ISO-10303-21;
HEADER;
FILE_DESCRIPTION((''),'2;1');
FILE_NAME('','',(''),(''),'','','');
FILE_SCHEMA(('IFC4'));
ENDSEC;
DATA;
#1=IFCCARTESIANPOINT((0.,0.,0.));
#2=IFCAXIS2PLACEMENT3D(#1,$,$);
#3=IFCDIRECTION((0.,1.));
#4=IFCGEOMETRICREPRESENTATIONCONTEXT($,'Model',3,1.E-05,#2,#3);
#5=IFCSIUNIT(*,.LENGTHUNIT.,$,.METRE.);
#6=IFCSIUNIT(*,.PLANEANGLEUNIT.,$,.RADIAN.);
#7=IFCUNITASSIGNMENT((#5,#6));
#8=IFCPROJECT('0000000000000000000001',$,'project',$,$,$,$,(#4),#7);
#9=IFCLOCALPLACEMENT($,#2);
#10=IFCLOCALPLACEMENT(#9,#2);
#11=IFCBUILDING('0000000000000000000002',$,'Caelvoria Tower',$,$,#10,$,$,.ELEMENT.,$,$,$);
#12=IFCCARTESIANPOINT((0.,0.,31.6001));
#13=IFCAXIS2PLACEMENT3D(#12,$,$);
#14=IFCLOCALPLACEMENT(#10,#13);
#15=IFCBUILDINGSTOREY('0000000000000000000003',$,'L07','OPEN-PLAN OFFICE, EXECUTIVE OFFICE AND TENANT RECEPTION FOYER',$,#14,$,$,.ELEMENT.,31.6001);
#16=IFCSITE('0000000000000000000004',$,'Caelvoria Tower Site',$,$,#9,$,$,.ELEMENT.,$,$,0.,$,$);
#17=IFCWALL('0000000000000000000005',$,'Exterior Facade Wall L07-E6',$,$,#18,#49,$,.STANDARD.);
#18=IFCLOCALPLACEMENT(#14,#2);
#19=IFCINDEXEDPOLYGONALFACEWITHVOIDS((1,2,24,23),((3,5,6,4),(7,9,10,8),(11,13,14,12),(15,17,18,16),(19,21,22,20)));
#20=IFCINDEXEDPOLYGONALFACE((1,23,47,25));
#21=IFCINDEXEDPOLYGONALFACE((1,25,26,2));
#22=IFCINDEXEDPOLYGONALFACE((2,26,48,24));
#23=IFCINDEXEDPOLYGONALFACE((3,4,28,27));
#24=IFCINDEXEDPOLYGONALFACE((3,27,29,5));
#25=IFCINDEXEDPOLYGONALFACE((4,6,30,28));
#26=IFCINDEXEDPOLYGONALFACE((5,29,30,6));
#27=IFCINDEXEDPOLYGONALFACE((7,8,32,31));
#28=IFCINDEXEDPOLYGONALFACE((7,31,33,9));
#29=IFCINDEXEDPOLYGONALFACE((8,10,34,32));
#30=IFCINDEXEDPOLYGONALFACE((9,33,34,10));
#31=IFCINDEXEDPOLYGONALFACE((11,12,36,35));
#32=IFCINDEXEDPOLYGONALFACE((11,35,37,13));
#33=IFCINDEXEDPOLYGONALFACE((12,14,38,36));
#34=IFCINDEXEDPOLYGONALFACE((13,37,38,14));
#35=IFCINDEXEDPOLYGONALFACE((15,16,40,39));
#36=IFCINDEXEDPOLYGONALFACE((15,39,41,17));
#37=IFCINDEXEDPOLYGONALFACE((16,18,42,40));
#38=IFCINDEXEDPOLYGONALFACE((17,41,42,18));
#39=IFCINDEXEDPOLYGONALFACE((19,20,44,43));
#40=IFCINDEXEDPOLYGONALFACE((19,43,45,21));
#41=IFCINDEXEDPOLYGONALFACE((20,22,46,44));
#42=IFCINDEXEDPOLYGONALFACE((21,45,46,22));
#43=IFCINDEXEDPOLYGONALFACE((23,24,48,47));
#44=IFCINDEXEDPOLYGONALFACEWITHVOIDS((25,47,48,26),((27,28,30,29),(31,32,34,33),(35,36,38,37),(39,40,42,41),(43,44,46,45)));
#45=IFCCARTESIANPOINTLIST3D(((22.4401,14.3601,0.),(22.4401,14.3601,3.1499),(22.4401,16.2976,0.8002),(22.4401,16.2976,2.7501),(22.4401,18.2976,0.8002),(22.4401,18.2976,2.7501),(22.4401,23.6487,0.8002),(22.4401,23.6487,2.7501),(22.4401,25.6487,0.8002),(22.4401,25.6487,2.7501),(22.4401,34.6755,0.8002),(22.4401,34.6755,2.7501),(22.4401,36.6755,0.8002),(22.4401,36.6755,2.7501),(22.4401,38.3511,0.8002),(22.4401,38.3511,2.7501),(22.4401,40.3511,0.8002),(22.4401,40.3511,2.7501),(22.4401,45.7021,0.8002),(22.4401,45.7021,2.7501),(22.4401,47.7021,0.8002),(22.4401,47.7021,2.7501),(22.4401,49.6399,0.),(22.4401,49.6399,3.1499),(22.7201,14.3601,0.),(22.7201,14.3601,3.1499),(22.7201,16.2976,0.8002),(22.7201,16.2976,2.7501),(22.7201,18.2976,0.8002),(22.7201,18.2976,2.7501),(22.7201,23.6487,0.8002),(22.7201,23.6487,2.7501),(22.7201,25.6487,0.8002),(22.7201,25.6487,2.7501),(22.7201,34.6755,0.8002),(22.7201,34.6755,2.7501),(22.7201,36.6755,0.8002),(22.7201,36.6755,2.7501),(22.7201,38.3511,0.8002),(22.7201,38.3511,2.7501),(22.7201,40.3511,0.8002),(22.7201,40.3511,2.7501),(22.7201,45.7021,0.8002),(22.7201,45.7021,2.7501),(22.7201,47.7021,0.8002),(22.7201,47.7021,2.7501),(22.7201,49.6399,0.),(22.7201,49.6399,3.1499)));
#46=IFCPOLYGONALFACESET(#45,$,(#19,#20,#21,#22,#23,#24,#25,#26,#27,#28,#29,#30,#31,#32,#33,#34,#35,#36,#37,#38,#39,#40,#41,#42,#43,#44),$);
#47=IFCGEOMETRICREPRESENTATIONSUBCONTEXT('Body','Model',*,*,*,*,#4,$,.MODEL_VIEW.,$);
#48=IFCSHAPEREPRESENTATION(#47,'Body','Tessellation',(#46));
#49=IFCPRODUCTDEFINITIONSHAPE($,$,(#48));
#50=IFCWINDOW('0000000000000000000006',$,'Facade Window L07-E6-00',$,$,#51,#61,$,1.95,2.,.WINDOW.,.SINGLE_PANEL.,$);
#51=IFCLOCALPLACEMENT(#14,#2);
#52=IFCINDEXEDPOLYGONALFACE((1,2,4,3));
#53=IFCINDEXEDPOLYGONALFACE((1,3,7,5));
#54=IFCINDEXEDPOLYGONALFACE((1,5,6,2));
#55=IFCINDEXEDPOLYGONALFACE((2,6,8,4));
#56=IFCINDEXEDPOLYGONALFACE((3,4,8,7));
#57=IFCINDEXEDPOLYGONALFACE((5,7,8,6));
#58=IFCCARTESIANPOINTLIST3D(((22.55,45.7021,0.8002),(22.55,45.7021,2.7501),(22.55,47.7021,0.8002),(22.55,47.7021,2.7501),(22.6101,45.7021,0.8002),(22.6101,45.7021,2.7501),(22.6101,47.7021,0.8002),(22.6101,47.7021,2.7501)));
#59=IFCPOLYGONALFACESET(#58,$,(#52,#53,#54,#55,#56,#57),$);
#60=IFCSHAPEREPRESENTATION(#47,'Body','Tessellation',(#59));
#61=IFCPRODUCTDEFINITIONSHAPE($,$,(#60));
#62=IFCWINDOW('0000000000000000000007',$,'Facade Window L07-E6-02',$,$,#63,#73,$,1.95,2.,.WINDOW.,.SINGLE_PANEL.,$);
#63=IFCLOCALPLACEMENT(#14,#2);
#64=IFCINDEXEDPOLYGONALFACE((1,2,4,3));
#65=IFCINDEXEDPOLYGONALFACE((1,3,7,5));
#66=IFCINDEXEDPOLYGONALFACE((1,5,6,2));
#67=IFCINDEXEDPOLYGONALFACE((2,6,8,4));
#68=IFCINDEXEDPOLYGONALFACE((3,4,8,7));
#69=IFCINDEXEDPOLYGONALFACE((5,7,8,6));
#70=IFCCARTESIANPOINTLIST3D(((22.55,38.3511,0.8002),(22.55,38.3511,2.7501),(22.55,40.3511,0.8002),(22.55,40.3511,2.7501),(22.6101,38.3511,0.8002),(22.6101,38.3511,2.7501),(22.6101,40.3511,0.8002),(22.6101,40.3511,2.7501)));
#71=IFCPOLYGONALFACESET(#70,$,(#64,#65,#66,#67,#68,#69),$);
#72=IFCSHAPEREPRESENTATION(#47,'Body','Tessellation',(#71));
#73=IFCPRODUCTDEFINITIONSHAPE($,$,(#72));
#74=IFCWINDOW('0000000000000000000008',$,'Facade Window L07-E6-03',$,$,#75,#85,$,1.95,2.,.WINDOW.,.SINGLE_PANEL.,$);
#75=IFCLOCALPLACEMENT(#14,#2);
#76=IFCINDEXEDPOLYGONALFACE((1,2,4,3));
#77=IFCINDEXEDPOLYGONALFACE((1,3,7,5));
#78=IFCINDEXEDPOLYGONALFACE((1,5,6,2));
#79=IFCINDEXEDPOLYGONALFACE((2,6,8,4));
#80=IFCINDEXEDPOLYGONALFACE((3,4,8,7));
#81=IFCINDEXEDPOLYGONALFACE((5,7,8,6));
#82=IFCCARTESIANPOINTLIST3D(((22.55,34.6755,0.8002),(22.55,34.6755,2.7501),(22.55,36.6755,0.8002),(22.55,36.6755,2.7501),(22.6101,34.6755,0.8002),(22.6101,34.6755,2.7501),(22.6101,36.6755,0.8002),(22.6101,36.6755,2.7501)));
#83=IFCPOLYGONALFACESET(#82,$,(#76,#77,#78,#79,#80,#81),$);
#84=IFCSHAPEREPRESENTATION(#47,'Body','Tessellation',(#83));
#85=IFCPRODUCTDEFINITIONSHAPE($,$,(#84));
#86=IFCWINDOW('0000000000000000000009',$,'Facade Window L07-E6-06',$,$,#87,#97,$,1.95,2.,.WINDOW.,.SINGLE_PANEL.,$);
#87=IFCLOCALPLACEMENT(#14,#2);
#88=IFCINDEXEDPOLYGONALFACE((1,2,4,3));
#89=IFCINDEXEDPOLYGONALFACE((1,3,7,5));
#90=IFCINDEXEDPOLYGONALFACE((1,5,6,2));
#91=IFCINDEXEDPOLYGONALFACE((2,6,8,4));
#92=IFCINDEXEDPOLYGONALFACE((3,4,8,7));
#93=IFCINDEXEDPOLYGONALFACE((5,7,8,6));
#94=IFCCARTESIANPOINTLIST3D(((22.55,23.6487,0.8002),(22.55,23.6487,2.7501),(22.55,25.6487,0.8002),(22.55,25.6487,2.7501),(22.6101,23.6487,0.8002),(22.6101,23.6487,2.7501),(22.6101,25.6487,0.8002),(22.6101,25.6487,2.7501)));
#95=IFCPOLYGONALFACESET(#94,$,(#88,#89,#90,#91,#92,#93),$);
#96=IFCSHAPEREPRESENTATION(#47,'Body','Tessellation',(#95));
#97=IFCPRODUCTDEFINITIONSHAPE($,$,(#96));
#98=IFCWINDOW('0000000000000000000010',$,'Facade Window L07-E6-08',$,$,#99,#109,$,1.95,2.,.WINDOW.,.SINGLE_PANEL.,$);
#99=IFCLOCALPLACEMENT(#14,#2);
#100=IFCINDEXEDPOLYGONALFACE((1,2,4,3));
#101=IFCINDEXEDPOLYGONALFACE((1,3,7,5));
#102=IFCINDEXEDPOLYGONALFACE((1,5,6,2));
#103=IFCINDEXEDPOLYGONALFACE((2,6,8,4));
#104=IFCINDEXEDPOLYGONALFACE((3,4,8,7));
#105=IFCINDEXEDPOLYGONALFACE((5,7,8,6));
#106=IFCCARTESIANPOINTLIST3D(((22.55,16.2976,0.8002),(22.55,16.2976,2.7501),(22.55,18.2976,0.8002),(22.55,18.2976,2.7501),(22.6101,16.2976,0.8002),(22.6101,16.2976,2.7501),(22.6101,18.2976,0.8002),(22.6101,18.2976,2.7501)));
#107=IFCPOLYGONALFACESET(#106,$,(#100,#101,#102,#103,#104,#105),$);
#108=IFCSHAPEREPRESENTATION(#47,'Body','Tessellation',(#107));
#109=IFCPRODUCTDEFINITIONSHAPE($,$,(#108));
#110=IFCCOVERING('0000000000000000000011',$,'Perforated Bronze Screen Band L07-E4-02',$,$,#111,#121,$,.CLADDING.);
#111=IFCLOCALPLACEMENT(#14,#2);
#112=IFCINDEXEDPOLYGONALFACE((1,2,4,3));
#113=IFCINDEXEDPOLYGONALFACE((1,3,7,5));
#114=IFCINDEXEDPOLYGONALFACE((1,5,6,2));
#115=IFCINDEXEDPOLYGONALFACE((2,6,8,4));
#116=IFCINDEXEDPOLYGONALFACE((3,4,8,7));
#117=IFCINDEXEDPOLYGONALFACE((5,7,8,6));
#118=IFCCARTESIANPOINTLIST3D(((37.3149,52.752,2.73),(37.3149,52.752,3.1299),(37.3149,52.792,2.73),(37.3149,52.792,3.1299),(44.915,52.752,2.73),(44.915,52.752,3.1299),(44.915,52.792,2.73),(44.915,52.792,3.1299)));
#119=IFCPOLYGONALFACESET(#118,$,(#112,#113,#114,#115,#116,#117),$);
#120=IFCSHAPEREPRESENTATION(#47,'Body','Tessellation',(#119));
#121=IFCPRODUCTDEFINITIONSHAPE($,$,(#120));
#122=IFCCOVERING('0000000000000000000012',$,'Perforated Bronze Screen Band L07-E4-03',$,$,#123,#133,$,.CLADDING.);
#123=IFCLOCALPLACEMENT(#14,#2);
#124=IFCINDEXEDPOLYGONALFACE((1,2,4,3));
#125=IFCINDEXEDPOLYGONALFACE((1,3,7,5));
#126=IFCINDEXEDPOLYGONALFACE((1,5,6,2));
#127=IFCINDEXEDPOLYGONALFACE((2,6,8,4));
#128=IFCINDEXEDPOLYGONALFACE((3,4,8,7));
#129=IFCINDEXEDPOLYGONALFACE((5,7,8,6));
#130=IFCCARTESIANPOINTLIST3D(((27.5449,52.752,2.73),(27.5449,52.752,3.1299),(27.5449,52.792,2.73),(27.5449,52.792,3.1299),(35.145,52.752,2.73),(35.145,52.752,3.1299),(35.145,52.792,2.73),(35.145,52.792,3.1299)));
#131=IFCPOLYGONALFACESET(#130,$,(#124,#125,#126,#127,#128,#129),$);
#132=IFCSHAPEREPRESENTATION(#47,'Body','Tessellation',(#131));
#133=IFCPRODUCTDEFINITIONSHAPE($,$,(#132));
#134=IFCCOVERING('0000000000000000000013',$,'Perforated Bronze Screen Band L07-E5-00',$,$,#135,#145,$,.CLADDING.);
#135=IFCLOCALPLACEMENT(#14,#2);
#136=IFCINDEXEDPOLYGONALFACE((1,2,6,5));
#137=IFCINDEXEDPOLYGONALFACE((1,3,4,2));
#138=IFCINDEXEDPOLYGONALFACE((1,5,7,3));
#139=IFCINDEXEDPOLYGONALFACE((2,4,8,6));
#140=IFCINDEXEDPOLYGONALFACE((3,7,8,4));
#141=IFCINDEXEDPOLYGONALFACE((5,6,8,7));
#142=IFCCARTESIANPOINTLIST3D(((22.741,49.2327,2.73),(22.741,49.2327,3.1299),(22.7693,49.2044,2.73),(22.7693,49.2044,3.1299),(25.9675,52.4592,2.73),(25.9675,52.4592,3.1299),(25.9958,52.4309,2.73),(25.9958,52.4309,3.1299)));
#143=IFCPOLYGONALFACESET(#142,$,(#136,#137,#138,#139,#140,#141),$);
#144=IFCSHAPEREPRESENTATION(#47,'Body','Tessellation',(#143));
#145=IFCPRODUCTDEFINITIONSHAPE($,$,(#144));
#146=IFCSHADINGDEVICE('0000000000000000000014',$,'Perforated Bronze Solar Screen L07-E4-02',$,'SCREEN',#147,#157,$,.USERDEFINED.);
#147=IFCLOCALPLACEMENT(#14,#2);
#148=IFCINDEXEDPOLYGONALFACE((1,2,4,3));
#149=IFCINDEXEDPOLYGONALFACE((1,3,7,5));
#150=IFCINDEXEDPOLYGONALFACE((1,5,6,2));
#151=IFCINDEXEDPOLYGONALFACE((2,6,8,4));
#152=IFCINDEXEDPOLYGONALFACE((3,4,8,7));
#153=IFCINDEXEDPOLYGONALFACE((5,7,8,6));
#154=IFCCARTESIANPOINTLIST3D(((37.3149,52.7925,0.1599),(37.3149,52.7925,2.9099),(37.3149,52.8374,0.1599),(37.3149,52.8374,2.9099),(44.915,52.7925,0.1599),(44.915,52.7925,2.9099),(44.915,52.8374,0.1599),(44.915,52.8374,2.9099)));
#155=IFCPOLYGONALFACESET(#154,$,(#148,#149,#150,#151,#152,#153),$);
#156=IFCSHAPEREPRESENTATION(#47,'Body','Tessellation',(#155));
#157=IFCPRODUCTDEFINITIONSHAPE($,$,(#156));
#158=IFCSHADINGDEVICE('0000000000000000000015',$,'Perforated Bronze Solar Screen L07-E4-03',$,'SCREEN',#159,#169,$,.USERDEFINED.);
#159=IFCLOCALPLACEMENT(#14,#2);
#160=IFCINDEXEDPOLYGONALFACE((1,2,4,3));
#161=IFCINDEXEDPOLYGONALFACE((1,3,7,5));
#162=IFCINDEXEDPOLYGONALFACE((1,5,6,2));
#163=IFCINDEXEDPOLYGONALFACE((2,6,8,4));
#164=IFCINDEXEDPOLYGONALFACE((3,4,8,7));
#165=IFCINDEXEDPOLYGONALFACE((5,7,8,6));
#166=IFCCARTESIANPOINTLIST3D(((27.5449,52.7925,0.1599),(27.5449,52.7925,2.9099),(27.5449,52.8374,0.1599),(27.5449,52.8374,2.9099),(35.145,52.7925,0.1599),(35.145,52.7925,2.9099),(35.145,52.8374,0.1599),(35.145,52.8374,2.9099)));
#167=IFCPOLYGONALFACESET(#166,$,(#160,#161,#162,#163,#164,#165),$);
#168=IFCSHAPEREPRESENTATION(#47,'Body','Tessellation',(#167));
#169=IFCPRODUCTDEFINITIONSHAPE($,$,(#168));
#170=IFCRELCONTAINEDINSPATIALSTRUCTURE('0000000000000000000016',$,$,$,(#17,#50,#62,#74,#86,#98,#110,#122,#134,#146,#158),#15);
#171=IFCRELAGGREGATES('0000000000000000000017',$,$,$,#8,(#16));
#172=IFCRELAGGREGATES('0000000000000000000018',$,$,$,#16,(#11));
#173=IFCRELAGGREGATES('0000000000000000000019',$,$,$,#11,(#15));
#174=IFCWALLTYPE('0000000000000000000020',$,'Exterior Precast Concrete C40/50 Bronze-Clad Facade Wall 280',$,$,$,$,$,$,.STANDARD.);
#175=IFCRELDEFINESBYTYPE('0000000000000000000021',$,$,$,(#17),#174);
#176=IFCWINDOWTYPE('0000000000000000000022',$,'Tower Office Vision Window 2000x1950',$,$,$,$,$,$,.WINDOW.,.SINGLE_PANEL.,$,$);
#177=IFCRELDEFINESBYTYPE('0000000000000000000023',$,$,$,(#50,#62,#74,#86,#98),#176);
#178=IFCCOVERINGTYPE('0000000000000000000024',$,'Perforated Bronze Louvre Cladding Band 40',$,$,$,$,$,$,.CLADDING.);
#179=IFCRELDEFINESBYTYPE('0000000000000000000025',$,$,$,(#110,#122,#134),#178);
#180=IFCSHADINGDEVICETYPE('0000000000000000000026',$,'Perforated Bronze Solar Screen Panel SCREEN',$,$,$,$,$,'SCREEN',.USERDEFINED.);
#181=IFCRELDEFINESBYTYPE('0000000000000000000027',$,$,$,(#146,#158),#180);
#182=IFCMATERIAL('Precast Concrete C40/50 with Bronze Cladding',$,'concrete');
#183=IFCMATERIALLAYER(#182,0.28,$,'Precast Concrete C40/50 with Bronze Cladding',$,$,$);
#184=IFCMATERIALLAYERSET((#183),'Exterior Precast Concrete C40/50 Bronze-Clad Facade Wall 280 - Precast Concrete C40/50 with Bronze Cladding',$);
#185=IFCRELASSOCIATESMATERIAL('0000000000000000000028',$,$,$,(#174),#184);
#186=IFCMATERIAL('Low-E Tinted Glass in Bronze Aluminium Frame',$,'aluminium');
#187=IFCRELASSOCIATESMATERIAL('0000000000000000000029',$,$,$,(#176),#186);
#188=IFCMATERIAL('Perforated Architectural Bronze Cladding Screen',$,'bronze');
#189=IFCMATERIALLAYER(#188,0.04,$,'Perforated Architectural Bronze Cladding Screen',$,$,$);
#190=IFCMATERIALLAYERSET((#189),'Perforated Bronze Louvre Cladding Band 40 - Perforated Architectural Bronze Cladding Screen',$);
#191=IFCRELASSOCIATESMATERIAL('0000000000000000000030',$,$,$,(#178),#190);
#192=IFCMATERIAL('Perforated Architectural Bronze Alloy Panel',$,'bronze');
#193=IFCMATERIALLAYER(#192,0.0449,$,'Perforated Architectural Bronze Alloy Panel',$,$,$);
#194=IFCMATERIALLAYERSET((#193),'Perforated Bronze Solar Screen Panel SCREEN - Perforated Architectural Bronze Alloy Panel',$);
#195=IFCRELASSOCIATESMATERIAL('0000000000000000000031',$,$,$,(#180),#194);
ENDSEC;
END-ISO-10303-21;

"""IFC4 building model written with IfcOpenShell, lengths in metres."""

from ifc_helpers import new_model, si_unit, direction, frame, frame_2d, origin, origin_2d, place, context, subcontext, project, spatial, rectangle, extrude, material, layer, layer_set, type_object, element, fill, save


model = new_model("IFC4")

# Units and contexts
model_context = context("Model", 3, precision=1e-05, world=origin(), true_north=direction((0.0, 1.0)))
body_context = subcontext(model_context, "Body", "Model", "MODEL_VIEW")
ifc_project = project(units=[si_unit("LENGTHUNIT", "METRE"), si_unit("PLANEANGLEUNIT", "RADIAN")], contexts=[model_context])

# Site, building, storey
site_placement = place(None, origin())
site = spatial("IfcSite", under=ifc_project, at=site_placement, Name="Caelvoria Tower Site", CompositionType="ELEMENT", RefElevation=0.0)
building_placement = place(site_placement, origin())
building = spatial("IfcBuilding", under=site, at=building_placement, Name="Caelvoria Tower", CompositionType="ELEMENT")
storey_placement = place(building_placement, frame((0.0, 0.0, 31.6001)))
storey = spatial("IfcBuildingStorey", under=building, at=storey_placement, Name="L07", Description="OPEN-PLAN OFFICE, EXECUTIVE OFFICE AND TENANT RECEPTION FOYER", CompositionType="ELEMENT", Elevation=31.6001)

# Shared definitions
ifc_material_1 = material(Name="Precast Concrete C40/50 with Bronze Cladding", Category="concrete")
ifc_layer_1 = layer(ifc_material_1, 0.28, Name="Precast Concrete C40/50 with Bronze Cladding")
ifc_layer_set_1 = layer_set([ifc_layer_1], Name="Exterior Precast Concrete C40/50 Bronze-Clad Facade Wall 280 - Precast Concrete C40/50 with Bronze Cladding")
wall_type = type_object("IfcWallType", Name="Exterior Precast Concrete C40/50 Bronze-Clad Facade Wall 280", PredefinedType="STANDARD", material=ifc_layer_set_1)

# Wall, openings, windows
wall_1_placement = place(storey_placement, frame((22.5801, 49.6399, 0.0), z_axis=(0.0, 0.0, 1.0), x_axis=(0.0, -1.0, 0.0)))
wall_1 = element("IfcWall", 1, at=wall_1_placement, inside=storey, type_object=wall_type, Name="Exterior Facade Wall L07-E6", PredefinedType="STANDARD", context=body_context, shape_type="SweptSolid", body=[
    extrude(rectangle(XDim=35.2798, YDim=0.28, at=frame_2d((17.6399, 0.0))), origin(), (0.0, 0.0, 1.0), 3.1499),
])
opening_1_placement = place(wall_1_placement, frame((1.9377, 0.0, 0.8)))
opening_1 = element("IfcOpeningElement", 2, at=opening_1_placement, cuts=wall_1, PredefinedType="OPENING", context=body_context, shape_type="SweptSolid", body=[
    extrude(rectangle(XDim=2.0, YDim=1.95, at=frame_2d((1.0, 0.9751))), frame((0.0, 0.1499, 0.0), z_axis=(0.0, -1.0, 0.0), x_axis=(1.0, 0.0, 0.0)), (0.0, 0.0, 1.0), 0.3),
])
opening_2_placement = place(wall_1_placement, frame((9.2888, 0.0, 0.8)))
opening_2 = element("IfcOpeningElement", 3, at=opening_2_placement, cuts=wall_1, PredefinedType="OPENING", context=body_context, shape_type="SweptSolid", body=[
    extrude(rectangle(XDim=2.0, YDim=1.95, at=frame_2d((1.0, 0.9751))), frame((0.0, 0.1499, 0.0), z_axis=(0.0, -1.0, 0.0), x_axis=(1.0, 0.0, 0.0)), (0.0, 0.0, 1.0), 0.3),
])
opening_3_placement = place(wall_1_placement, frame((12.9644, 0.0, 0.8)))
opening_3 = element("IfcOpeningElement", 4, at=opening_3_placement, cuts=wall_1, PredefinedType="OPENING", context=body_context, shape_type="SweptSolid", body=[
    extrude(rectangle(XDim=2.0, YDim=1.95, at=frame_2d((1.0, 0.9751))), frame((0.0, 0.1499, 0.0), z_axis=(0.0, -1.0, 0.0), x_axis=(1.0, 0.0, 0.0)), (0.0, 0.0, 1.0), 0.3),
])
opening_4_placement = place(wall_1_placement, frame((23.9912, 0.0, 0.8)))
opening_4 = element("IfcOpeningElement", 5, at=opening_4_placement, cuts=wall_1, PredefinedType="OPENING", context=body_context, shape_type="SweptSolid", body=[
    extrude(rectangle(XDim=2.0, YDim=1.95, at=frame_2d((1.0, 0.9751))), frame((0.0, 0.1499, 0.0), z_axis=(0.0, -1.0, 0.0), x_axis=(1.0, 0.0, 0.0)), (0.0, 0.0, 1.0), 0.3),
])
opening_5_placement = place(wall_1_placement, frame((31.3423, 0.0, 0.8)))
opening_5 = element("IfcOpeningElement", 6, at=opening_5_placement, cuts=wall_1, PredefinedType="OPENING", context=body_context, shape_type="SweptSolid", body=[
    extrude(rectangle(XDim=2.0, YDim=1.95, at=frame_2d((1.0, 0.9751))), frame((0.0, 0.1499, 0.0), z_axis=(0.0, -1.0, 0.0), x_axis=(1.0, 0.0, 0.0)), (0.0, 0.0, 1.0), 0.3),
])
ifc_material_2 = material(Name="Low-E Tinted Glass in Bronze Aluminium Frame", Category="aluminium")
window_type = type_object("IfcWindowType", Name="Tower Office Vision Window 2000x1950", PartitioningType="SINGLE_PANEL", PredefinedType="WINDOW", material=ifc_material_2)
window_1_placement = place(opening_1_placement, origin())
window_1 = element("IfcWindow", 7, at=window_1_placement, inside=storey, type_object=window_type, Name="Facade Window L07-E6-00", OverallHeight=1.95, OverallWidth=2.0, PartitioningType="SINGLE_PANEL", PredefinedType="WINDOW", context=body_context, shape_type="SweptSolid", body=[
    extrude(rectangle(XDim=2.0, YDim=1.95, at=frame_2d((1.0, 0.9751))), frame((0.0, 0.03, 0.0), z_axis=(0.0, -1.0, 0.0), x_axis=(1.0, 0.0, 0.0)), (0.0, 0.0, 1.0), 0.0601),
])
fill(opening_1, window_1)
window_2_placement = place(opening_2_placement, origin())
window_2 = element("IfcWindow", 8, at=window_2_placement, inside=storey, type_object=window_type, Name="Facade Window L07-E6-02", OverallHeight=1.95, OverallWidth=2.0, PartitioningType="SINGLE_PANEL", PredefinedType="WINDOW", context=body_context, shape_type="SweptSolid", body=[
    extrude(rectangle(XDim=2.0, YDim=1.95, at=frame_2d((1.0, 0.9751))), frame((0.0, 0.03, 0.0), z_axis=(0.0, -1.0, 0.0), x_axis=(1.0, 0.0, 0.0)), (0.0, 0.0, 1.0), 0.0601),
])
fill(opening_2, window_2)
window_3_placement = place(opening_3_placement, origin())
window_3 = element("IfcWindow", 9, at=window_3_placement, inside=storey, type_object=window_type, Name="Facade Window L07-E6-03", OverallHeight=1.95, OverallWidth=2.0, PartitioningType="SINGLE_PANEL", PredefinedType="WINDOW", context=body_context, shape_type="SweptSolid", body=[
    extrude(rectangle(XDim=2.0, YDim=1.95, at=frame_2d((1.0, 0.9751))), frame((0.0, 0.03, 0.0), z_axis=(0.0, -1.0, 0.0), x_axis=(1.0, 0.0, 0.0)), (0.0, 0.0, 1.0), 0.0601),
])
fill(opening_3, window_3)
window_4_placement = place(opening_4_placement, origin())
window_4 = element("IfcWindow", 10, at=window_4_placement, inside=storey, type_object=window_type, Name="Facade Window L07-E6-06", OverallHeight=1.95, OverallWidth=2.0, PartitioningType="SINGLE_PANEL", PredefinedType="WINDOW", context=body_context, shape_type="SweptSolid", body=[
    extrude(rectangle(XDim=2.0, YDim=1.95, at=frame_2d((1.0, 0.9751))), frame((0.0, 0.03, 0.0), z_axis=(0.0, -1.0, 0.0), x_axis=(1.0, 0.0, 0.0)), (0.0, 0.0, 1.0), 0.0601),
])
fill(opening_4, window_4)
window_5_placement = place(opening_5_placement, origin())
window_5 = element("IfcWindow", 11, at=window_5_placement, inside=storey, type_object=window_type, Name="Facade Window L07-E6-08", OverallHeight=1.95, OverallWidth=2.0, PartitioningType="SINGLE_PANEL", PredefinedType="WINDOW", context=body_context, shape_type="SweptSolid", body=[
    extrude(rectangle(XDim=2.0, YDim=1.95, at=frame_2d((1.0, 0.9751))), frame((0.0, 0.03, 0.0), z_axis=(0.0, -1.0, 0.0), x_axis=(1.0, 0.0, 0.0)), (0.0, 0.0, 1.0), 0.0601),
])
fill(opening_5, window_5)

# Coverings
ifc_material_3 = material(Name="Perforated Architectural Bronze Cladding Screen", Category="bronze")
ifc_layer_2 = layer(ifc_material_3, 0.04, Name="Perforated Architectural Bronze Cladding Screen")
ifc_layer_set_2 = layer_set([ifc_layer_2], Name="Perforated Bronze Louvre Cladding Band 40 - Perforated Architectural Bronze Cladding Screen")
covering_type = type_object("IfcCoveringType", Name="Perforated Bronze Louvre Cladding Band 40", PredefinedType="CLADDING", material=ifc_layer_set_2)
for number, where, z_axis, x_axis, name in (
    (12, (41.115, 52.772, 2.73), (0.0, 0.0, 1.0), (-1.0, 0.0, 0.0), "Perforated Bronze Screen Band L07-E4-02"),
    (13, (31.345, 52.772, 2.73), (0.0, 0.0, 1.0), (-1.0, 0.0, 0.0), "Perforated Bronze Screen Band L07-E4-03"),
):
    element("IfcCovering", number, at=place(storey_placement, frame(where, z_axis=z_axis, x_axis=x_axis)), inside=storey, type_object=covering_type, Name=name, PredefinedType="CLADDING", context=body_context, shape_type="SweptSolid", body=[
        extrude(rectangle(XDim=7.6001, YDim=0.04, at=origin_2d()), origin(), (0.0, 0.0, 1.0), 0.3999),
    ])
covering_placement = place(storey_placement, frame((24.3684, 50.8318, 2.73), z_axis=(0.0, 0.0, 1.0), x_axis=(-0.707107, -0.707107, 0.0)))
element("IfcCovering", 14, at=covering_placement, inside=storey, type_object=covering_type, Name="Perforated Bronze Screen Band L07-E5-00", PredefinedType="CLADDING", context=body_context, shape_type="SweptSolid", body=[
    extrude(rectangle(XDim=4.563, YDim=0.04, at=origin_2d()), origin(), (0.0, 0.0, 1.0), 0.3999),
])

# Shading devices
ifc_material_4 = material(Name="Perforated Architectural Bronze Alloy Panel", Category="bronze")
ifc_layer_3 = layer(ifc_material_4, 0.0449, Name="Perforated Architectural Bronze Alloy Panel")
ifc_layer_set_3 = layer_set([ifc_layer_3], Name="Perforated Bronze Solar Screen Panel SCREEN - Perforated Architectural Bronze Alloy Panel")
shading_device_type = type_object("IfcShadingDeviceType", Name="Perforated Bronze Solar Screen Panel SCREEN", ElementType="SCREEN", PredefinedType="USERDEFINED", material=ifc_layer_set_3)
for number, where, z_axis, x_axis, name in (
    (15, (41.115, 52.8149, 0.1599), (0.0, 0.0, 1.0), (-1.0, 0.0, 0.0), "Perforated Bronze Solar Screen L07-E4-02"),
    (16, (31.345, 52.8149, 0.1599), (0.0, 0.0, 1.0), (-1.0, 0.0, 0.0), "Perforated Bronze Solar Screen L07-E4-03"),
):
    element("IfcShadingDevice", number, at=place(storey_placement, frame(where, z_axis=z_axis, x_axis=x_axis)), inside=storey, type_object=shading_device_type, Name=name, ObjectType="SCREEN", PredefinedType="USERDEFINED", context=body_context, shape_type="SweptSolid", body=[
        extrude(rectangle(XDim=7.6001, YDim=0.0449, at=origin_2d()), origin(), (0.0, 0.0, 1.0), 2.75),
    ])

save(model, "model.ifc")
